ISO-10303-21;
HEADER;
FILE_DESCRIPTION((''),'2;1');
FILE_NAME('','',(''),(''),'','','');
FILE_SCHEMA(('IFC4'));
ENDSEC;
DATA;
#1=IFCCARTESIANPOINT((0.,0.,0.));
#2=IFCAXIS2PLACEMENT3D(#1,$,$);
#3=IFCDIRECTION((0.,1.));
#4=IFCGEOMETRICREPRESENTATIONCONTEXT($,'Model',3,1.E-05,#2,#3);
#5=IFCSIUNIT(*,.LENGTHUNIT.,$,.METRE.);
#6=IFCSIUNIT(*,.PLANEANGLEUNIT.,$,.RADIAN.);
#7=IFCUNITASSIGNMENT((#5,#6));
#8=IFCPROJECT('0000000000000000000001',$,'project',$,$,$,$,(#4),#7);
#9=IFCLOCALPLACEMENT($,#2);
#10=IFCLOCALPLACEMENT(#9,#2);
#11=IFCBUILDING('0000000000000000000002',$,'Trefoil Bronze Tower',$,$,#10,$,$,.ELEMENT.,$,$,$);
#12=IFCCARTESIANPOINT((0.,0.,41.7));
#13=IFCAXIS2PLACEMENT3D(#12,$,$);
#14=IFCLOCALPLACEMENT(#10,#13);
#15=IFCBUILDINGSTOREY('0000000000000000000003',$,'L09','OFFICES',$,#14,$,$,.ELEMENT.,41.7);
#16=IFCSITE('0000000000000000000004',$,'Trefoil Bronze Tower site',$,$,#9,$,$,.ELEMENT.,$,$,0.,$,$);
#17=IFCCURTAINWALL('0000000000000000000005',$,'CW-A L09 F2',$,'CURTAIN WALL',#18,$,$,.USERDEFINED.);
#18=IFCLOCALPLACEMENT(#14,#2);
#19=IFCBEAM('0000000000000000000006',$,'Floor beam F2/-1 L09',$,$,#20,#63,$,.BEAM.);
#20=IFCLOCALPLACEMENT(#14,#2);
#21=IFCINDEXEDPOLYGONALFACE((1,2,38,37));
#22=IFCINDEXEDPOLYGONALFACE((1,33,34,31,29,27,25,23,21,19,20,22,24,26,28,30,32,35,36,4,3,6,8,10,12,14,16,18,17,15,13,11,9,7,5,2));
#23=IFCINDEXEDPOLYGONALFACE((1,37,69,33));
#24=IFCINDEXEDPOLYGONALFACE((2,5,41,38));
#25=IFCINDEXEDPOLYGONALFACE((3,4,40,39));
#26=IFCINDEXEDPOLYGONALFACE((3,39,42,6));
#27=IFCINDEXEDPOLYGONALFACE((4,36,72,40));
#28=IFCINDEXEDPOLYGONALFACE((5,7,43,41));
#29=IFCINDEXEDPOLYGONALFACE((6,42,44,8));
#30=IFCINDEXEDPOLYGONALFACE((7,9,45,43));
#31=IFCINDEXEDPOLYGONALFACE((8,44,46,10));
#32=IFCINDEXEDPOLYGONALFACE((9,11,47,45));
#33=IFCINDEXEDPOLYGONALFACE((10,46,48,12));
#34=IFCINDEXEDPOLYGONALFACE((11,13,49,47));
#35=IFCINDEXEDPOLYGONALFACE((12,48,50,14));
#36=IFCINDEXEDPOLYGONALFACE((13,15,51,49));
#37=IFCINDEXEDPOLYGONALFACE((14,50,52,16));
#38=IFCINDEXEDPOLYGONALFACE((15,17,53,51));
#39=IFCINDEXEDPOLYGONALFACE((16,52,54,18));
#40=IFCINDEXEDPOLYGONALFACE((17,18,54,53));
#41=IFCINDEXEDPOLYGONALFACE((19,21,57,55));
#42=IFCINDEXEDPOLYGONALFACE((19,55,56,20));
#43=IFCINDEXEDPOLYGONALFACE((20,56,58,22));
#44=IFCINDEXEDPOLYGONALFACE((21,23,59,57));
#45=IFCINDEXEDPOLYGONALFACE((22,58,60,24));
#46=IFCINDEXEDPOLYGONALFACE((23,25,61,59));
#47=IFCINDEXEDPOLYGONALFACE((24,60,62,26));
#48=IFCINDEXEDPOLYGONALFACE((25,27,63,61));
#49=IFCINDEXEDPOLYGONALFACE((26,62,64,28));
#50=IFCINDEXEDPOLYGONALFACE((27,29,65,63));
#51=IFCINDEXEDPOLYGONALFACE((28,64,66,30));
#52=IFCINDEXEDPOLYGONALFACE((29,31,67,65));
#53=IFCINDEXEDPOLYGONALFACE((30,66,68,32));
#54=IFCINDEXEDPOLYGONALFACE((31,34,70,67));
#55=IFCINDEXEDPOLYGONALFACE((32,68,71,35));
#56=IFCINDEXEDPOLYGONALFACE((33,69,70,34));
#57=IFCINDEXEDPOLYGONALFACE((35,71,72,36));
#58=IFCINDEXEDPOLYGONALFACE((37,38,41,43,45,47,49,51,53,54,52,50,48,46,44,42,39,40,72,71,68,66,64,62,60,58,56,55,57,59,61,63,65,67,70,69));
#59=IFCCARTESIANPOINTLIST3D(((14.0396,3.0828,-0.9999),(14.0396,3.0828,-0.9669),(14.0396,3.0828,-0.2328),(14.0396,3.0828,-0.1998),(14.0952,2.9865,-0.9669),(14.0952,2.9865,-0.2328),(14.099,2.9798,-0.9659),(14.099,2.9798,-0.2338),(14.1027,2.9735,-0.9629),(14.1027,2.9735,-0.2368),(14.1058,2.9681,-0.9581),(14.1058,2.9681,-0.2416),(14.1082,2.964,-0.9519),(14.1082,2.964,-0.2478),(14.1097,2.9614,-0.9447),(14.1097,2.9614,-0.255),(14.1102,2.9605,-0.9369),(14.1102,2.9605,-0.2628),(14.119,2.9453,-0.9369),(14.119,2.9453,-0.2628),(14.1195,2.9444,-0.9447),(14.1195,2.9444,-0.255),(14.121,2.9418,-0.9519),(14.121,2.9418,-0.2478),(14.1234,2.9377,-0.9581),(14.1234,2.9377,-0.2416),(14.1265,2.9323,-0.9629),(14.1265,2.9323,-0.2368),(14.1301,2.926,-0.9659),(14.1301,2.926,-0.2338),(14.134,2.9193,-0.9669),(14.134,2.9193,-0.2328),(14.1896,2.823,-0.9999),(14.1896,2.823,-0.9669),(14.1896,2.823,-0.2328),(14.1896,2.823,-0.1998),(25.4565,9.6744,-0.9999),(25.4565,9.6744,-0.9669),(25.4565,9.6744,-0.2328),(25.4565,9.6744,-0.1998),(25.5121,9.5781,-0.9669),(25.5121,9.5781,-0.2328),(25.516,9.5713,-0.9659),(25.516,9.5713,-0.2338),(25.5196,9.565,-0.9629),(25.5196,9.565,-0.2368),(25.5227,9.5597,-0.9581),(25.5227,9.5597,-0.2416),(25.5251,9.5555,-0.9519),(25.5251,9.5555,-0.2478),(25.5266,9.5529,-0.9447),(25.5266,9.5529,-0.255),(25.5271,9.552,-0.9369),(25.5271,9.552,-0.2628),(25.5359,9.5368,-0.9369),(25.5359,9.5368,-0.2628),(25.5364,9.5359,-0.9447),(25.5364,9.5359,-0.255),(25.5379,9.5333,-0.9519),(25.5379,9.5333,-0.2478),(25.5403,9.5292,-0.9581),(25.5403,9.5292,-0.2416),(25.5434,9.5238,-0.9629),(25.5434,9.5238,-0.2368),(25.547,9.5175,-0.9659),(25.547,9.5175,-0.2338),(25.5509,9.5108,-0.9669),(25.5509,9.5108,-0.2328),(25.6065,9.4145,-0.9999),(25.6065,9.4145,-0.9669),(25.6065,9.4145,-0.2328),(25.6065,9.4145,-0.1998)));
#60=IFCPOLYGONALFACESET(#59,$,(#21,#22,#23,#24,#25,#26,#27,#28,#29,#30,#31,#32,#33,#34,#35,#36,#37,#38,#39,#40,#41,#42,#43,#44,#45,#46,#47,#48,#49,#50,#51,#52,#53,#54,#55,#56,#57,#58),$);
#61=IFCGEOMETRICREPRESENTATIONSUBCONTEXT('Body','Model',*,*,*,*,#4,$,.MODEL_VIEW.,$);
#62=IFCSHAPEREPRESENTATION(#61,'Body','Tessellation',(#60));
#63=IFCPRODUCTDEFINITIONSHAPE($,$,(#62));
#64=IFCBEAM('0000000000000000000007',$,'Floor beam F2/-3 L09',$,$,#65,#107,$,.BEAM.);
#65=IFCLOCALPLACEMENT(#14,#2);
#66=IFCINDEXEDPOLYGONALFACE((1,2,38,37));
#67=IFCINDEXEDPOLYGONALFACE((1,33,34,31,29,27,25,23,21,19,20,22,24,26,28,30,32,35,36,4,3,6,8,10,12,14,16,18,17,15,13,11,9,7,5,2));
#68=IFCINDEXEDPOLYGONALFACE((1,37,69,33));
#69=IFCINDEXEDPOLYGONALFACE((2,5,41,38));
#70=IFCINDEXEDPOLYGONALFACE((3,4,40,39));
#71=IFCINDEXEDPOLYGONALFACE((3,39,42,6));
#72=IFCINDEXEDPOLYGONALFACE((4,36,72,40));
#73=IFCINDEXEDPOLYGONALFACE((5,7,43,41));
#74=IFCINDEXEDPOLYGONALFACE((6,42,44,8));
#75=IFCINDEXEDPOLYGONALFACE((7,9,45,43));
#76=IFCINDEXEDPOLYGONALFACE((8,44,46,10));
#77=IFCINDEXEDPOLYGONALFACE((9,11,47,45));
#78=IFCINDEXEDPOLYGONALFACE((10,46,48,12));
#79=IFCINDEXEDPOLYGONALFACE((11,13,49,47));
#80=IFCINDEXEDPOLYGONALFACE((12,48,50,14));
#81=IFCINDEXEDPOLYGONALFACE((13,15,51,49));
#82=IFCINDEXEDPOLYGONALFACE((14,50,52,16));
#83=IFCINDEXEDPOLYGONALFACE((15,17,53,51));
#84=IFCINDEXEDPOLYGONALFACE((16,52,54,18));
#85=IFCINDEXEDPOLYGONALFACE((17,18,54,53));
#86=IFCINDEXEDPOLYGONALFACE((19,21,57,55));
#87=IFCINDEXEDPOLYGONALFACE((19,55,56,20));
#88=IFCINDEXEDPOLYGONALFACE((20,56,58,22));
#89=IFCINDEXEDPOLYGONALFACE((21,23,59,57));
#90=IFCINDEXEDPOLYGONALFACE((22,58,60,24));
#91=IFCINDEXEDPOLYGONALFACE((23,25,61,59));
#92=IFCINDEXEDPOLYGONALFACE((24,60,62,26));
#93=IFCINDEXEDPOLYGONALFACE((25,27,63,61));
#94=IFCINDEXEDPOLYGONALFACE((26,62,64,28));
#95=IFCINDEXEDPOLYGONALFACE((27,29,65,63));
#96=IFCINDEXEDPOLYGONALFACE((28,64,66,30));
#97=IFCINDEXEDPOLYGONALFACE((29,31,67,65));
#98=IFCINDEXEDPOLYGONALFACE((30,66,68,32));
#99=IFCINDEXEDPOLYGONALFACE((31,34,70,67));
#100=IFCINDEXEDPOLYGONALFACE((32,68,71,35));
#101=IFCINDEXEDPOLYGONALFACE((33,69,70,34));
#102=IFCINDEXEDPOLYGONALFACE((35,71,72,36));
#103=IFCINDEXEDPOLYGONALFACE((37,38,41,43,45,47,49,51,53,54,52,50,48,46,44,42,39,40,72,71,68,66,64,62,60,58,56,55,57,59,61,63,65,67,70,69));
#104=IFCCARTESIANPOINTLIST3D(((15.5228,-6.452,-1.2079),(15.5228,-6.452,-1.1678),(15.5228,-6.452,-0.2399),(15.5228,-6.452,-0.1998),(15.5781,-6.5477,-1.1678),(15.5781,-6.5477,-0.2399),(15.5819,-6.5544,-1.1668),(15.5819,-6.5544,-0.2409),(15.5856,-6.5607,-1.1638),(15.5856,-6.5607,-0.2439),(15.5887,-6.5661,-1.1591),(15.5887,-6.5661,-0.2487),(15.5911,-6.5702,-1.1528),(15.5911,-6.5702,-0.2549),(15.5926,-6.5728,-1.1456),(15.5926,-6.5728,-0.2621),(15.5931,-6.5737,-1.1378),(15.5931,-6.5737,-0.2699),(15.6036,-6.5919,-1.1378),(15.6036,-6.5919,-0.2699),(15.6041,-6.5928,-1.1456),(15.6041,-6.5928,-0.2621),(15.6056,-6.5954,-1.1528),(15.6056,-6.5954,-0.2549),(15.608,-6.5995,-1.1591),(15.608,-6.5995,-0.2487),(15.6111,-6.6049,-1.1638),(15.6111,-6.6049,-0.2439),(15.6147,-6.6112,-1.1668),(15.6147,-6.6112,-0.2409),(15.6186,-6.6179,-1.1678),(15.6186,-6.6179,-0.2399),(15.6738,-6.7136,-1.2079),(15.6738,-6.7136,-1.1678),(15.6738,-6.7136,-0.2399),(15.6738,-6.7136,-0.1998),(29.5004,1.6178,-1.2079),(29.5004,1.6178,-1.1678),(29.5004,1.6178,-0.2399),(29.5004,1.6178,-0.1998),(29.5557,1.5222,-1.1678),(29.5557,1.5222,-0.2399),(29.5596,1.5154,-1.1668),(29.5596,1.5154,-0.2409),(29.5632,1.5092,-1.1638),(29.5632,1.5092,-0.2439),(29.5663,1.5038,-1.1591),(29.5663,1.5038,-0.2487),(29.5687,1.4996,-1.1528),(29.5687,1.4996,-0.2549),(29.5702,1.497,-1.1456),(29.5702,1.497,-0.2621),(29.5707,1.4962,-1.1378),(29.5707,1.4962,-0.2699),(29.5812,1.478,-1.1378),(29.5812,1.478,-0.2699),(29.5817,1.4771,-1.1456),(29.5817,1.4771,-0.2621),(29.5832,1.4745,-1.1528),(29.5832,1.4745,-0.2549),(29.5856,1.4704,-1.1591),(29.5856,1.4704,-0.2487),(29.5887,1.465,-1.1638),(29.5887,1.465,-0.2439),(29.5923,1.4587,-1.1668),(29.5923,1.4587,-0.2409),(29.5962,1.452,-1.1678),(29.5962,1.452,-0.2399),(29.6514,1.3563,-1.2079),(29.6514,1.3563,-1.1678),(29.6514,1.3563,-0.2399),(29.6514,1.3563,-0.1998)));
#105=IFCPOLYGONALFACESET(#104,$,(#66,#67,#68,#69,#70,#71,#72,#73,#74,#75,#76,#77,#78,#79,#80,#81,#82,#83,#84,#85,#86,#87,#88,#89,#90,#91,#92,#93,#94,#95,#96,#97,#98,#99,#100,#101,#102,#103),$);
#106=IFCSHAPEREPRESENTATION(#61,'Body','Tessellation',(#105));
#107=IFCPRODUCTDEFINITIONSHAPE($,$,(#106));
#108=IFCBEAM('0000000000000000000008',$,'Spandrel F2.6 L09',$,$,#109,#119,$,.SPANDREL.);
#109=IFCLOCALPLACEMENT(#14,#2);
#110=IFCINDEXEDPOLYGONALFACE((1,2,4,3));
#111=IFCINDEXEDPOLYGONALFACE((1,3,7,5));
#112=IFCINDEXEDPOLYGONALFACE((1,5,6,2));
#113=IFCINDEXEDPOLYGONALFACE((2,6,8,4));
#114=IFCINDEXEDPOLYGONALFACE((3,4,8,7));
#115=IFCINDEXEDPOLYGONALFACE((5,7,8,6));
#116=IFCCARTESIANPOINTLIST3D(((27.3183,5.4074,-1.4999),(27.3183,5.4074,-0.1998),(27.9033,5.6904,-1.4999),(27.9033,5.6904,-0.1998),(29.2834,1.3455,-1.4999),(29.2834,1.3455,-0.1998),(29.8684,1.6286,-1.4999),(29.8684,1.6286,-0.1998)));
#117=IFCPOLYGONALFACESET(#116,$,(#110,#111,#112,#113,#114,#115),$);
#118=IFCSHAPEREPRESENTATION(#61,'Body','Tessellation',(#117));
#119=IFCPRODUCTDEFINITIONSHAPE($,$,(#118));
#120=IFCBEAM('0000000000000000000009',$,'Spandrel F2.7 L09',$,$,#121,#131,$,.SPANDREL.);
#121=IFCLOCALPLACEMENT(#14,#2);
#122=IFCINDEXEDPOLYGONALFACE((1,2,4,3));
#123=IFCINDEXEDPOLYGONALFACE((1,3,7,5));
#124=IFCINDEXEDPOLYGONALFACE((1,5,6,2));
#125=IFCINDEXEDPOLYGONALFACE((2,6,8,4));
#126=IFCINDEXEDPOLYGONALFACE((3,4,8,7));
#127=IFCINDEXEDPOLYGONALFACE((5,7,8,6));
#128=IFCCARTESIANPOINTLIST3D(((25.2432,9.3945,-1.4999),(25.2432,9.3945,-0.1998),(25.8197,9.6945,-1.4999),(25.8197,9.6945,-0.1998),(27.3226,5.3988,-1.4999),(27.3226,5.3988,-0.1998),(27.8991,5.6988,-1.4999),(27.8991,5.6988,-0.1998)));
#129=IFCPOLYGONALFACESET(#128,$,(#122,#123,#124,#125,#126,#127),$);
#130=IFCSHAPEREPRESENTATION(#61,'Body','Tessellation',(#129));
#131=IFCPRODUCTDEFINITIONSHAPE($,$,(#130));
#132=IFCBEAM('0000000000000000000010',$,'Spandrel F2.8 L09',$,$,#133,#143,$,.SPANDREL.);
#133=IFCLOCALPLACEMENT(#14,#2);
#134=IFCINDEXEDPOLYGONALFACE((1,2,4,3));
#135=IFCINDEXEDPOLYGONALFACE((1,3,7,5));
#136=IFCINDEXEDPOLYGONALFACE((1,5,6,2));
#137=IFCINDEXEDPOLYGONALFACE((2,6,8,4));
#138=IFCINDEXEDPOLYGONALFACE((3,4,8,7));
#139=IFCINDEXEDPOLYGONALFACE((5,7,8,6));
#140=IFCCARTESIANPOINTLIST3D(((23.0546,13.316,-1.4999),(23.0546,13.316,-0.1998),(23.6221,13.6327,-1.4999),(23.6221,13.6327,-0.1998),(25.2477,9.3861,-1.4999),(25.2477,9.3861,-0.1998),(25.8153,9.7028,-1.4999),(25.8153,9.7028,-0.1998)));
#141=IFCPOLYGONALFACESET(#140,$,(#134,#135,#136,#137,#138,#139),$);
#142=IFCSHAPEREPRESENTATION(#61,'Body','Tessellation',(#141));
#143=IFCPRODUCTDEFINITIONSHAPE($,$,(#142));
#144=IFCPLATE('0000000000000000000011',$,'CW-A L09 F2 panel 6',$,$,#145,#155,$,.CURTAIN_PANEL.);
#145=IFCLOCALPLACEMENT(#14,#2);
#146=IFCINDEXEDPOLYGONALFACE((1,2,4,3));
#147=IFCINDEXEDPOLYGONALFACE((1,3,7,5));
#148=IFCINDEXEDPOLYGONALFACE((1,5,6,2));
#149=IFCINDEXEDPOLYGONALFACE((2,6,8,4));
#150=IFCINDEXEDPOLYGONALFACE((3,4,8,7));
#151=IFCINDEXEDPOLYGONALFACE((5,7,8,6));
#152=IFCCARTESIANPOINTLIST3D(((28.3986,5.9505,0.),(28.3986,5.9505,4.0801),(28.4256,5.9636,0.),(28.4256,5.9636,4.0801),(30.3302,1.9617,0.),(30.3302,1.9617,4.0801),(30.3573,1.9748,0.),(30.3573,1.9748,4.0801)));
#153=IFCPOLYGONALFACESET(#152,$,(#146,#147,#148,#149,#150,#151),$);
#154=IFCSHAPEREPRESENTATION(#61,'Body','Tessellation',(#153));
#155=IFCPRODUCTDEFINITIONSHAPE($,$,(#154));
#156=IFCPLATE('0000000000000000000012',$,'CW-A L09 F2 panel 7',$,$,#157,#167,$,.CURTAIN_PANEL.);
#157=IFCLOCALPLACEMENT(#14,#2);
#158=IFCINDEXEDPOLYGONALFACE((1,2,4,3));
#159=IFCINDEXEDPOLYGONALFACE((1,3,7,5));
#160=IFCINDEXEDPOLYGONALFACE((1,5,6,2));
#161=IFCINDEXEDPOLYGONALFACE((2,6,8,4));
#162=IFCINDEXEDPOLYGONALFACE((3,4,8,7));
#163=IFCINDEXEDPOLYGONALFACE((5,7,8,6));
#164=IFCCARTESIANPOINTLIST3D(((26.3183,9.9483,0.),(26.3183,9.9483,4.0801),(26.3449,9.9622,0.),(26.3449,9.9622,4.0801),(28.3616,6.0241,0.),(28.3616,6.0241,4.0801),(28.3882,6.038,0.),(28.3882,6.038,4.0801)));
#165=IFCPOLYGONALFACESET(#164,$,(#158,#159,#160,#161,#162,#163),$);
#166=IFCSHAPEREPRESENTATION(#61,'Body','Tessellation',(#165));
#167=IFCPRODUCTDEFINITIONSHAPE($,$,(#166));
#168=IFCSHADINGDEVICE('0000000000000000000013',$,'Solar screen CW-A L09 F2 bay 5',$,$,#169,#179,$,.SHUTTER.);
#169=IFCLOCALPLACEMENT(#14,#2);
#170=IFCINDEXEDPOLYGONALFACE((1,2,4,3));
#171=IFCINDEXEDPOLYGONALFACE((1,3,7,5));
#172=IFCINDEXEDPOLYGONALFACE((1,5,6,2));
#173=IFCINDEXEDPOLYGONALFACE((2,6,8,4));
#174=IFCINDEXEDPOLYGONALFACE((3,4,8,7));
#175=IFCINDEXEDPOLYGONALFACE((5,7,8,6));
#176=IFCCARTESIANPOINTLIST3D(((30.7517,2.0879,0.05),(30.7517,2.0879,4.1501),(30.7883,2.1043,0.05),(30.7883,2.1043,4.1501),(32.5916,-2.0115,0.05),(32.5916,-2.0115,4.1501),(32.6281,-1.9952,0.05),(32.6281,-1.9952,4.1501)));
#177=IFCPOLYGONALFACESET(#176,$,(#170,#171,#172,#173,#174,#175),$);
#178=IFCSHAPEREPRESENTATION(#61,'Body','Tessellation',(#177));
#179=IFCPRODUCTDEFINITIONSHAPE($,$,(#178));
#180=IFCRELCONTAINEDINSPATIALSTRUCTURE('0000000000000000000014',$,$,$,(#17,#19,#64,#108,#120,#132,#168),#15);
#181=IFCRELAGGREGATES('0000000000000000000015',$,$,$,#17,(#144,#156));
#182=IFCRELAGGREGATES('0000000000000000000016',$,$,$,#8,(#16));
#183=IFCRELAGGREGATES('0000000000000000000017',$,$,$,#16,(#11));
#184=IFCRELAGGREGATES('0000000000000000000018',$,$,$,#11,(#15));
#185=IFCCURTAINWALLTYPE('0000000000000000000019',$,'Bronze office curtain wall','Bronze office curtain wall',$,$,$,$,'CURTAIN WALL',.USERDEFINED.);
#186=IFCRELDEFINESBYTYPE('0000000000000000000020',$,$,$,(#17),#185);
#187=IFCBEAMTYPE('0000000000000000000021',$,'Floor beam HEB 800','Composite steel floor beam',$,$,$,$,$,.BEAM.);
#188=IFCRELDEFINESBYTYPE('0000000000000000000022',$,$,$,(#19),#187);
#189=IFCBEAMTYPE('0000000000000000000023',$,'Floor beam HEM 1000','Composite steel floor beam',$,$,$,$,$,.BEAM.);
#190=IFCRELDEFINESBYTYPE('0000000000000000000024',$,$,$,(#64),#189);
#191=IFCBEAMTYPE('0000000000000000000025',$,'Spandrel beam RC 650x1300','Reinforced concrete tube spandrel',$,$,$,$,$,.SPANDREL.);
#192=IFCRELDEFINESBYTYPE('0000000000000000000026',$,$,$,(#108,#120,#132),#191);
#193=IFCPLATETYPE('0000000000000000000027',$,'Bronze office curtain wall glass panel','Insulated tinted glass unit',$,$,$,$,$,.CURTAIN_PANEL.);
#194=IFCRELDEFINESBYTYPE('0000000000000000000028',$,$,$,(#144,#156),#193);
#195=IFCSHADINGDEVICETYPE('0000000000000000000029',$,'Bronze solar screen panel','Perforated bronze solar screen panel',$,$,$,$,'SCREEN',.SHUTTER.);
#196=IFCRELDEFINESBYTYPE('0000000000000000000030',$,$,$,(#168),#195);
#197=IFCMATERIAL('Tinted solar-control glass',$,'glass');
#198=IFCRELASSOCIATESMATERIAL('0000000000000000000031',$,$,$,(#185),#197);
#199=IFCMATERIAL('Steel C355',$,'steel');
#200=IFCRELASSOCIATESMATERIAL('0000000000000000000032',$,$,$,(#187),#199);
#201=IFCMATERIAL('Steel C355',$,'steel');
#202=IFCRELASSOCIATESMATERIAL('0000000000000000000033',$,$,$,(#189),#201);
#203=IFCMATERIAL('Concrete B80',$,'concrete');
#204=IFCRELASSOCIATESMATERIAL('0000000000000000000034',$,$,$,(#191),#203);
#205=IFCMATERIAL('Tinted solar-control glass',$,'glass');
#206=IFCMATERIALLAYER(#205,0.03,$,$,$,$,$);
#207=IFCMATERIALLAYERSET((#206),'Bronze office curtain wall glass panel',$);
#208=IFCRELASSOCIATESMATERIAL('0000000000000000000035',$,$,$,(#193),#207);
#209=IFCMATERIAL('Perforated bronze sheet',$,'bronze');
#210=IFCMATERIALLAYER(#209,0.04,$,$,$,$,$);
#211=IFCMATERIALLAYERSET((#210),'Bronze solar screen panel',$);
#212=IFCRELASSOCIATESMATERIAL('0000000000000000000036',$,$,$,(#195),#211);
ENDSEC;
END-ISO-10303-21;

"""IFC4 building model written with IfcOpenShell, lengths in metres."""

from ifc_helpers import new_model, si_unit, direction, frame, origin, origin_2d, place, context, subcontext, project, spatial, rectangle, i_section, extrude, material, layer, layer_set, material_profile, profile_set, type_object, element, aggregate, save


model = new_model("IFC4")

# Units and contexts
model_context = context("Model", 3, precision=1e-05, world=origin(), true_north=direction((0.0, 1.0)))
body_context = subcontext(model_context, "Body", "Model", "MODEL_VIEW")
ifc_project = project(units=[si_unit("LENGTHUNIT", "METRE"), si_unit("PLANEANGLEUNIT", "RADIAN")], contexts=[model_context])

# Site, building, storey
site_placement = place(None, origin())
site = spatial("IfcSite", under=ifc_project, at=site_placement, Name="Trefoil Bronze Tower site", CompositionType="ELEMENT", RefElevation=0.0)
building_placement = place(site_placement, origin())
building = spatial("IfcBuilding", under=site, at=building_placement, Name="Trefoil Bronze Tower", CompositionType="ELEMENT")
storey_placement = place(building_placement, frame((0.0, 0.0, 41.7)))
storey = spatial("IfcBuildingStorey", under=building, at=storey_placement, Name="L09", Description="OFFICES", CompositionType="ELEMENT", Elevation=41.7)

# Curtain wall
ifc_material_1 = material(Name="Tinted solar-control glass", Category="glass")
curtain_wall_type = type_object("IfcCurtainWallType", Name="Bronze office curtain wall", Description="Bronze office curtain wall", ElementType="CURTAIN WALL", PredefinedType="USERDEFINED", material=ifc_material_1)
curtain_wall_placement = place(storey_placement, origin())
curtain_wall = element("IfcCurtainWall", 1, at=curtain_wall_placement, inside=storey, type_object=curtain_wall_type, Name="CW-A L09 F2", ObjectType="CURTAIN WALL", PredefinedType="USERDEFINED")

# Beams
ifc_material_2 = material(Name="Steel C355", Category="steel")
ifc_material_profile_1 = material_profile(ifc_material_2, i_section(OverallWidth=0.3, OverallDepth=0.8, WebThickness=0.0176, FlangeThickness=0.033, FilletRadius=0.03, at=origin_2d()), Name="HEB 800")
ifc_profile_set_1 = profile_set([ifc_material_profile_1], Name="Steel C355")
beam_type_1 = type_object("IfcBeamType", Name="Floor beam HEB 800", Description="Composite steel floor beam", PredefinedType="BEAM", material=ifc_profile_set_1)
beam_1_placement = place(storey_placement, frame((25.5315, 9.5444, -0.5999), z_axis=(-0.866027, -0.499997, 0.0), x_axis=(0.499997, -0.866027, 0.0)))
element("IfcBeam", 2, at=beam_1_placement, inside=storey, type_object=beam_type_1, Name="Floor beam F2/-1 L09", PredefinedType="BEAM", context=body_context, shape_type="SweptSolid", body=[
    extrude(i_section(OverallWidth=0.3, OverallDepth=0.8, WebThickness=0.0176, FlangeThickness=0.033, FilletRadius=0.03, at=origin_2d()), origin(), (0.0, 0.0, 1.0), 13.1831),
])
ifc_material_3 = material(Name="Steel C355", Category="steel")
ifc_material_profile_2 = material_profile(ifc_material_3, i_section(OverallWidth=0.302, OverallDepth=1.0081, WebThickness=0.021, FlangeThickness=0.04, FilletRadius=0.03, at=origin_2d()), Name="HEM 1000")
ifc_profile_set_2 = profile_set([ifc_material_profile_2], Name="Steel C355")
beam_type_2 = type_object("IfcBeamType", Name="Floor beam HEM 1000", Description="Composite steel floor beam", PredefinedType="BEAM", material=ifc_profile_set_2)
beam_2_placement = place(storey_placement, frame((29.5759, 1.4871, -0.7039), z_axis=(-0.866028, -0.499995, 0.0), x_axis=(0.499995, -0.866028, 0.0)))
element("IfcBeam", 3, at=beam_2_placement, inside=storey, type_object=beam_type_2, Name="Floor beam F2/-3 L09", PredefinedType="BEAM", context=body_context, shape_type="SweptSolid", body=[
    extrude(i_section(OverallWidth=0.302, OverallDepth=1.0081, WebThickness=0.021, FlangeThickness=0.04, FilletRadius=0.03, at=origin_2d()), origin(), (0.0, 0.0, 1.0), 16.1399),
])
ifc_material_4 = material(Name="Concrete B80", Category="concrete")
ifc_material_profile_3 = material_profile(ifc_material_4, rectangle(XDim=0.6499, YDim=1.3, at=origin_2d()), Name="RC 650x1300")
ifc_profile_set_3 = profile_set([ifc_material_profile_3], Name="Concrete B80")
beam_type_3 = type_object("IfcBeamType", Name="Spandrel beam RC 650x1300", Description="Reinforced concrete tube spandrel", PredefinedType="SPANDREL", material=ifc_profile_set_3)
beam_3_placement = place(storey_placement, frame((29.5759, 1.4871, -0.8499), z_axis=(-0.43551, 0.900184, 0.0), x_axis=(-0.900184, -0.43551, 0.0)))
element("IfcBeam", 4, at=beam_3_placement, inside=storey, type_object=beam_type_3, Name="Spandrel F2.6 L09", PredefinedType="SPANDREL", context=body_context, shape_type="SweptSolid", body=[
    extrude(rectangle(XDim=0.6499, YDim=1.3, at=origin_2d()), origin(), (0.0, 0.0, 1.0), 4.5122),
])
beam_4_placement = place(storey_placement, frame((27.6108, 5.5488, -0.8499), z_axis=(-0.461638, 0.887069, 0.0), x_axis=(-0.887069, -0.461638, 0.0)))
element("IfcBeam", 5, at=beam_4_placement, inside=storey, type_object=beam_type_3, Name="Spandrel F2.7 L09", PredefinedType="SPANDREL", context=body_context, shape_type="SweptSolid", body=[
    extrude(rectangle(XDim=0.6499, YDim=1.3, at=origin_2d()), origin(), (0.0, 0.0, 1.0), 4.5044),
])
beam_5_placement = place(storey_placement, frame((25.5315, 9.5444, -0.8499), z_axis=(-0.487309, 0.873229, 0.0), x_axis=(-0.873229, -0.487309, 0.0)))
element("IfcBeam", 6, at=beam_5_placement, inside=storey, type_object=beam_type_3, Name="Spandrel F2.8 L09", PredefinedType="SPANDREL", context=body_context, shape_type="SweptSolid", body=[
    extrude(rectangle(XDim=0.6499, YDim=1.3, at=origin_2d()), origin(), (0.0, 0.0, 1.0), 4.5005),
])

# Plates
ifc_material_5 = material(Name="Tinted solar-control glass", Category="glass")
ifc_layer_1 = layer(ifc_material_5, 0.03)
ifc_layer_set_1 = layer_set([ifc_layer_1], Name="Bronze office curtain wall glass panel")
plate_type = type_object("IfcPlateType", Name="Bronze office curtain wall glass panel", Description="Insulated tinted glass unit", PredefinedType="CURTAIN_PANEL", material=ifc_layer_set_1)
plate_1_placement = place(storey_placement, frame((29.3779, 3.9626, 0.0), z_axis=(0.0, 0.0, 1.0), x_axis=(-0.435855, 0.900017, 0.0)))
plate_1 = element("IfcPlate", 7, at=plate_1_placement, type_object=plate_type, Name="CW-A L09 F2 panel 6", PredefinedType="CURTAIN_PANEL", context=body_context, shape_type="SweptSolid", body=[
    extrude(rectangle(XDim=4.4319, YDim=0.03, at=origin_2d()), origin(), (0.0, 0.0, 1.0), 4.0801),
])
plate_2_placement = place(storey_placement, frame((27.3533, 7.9932, 0.0), z_axis=(0.0, 0.0, 1.0), x_axis=(-0.46183, 0.886969, 0.0)))
plate_2 = element("IfcPlate", 8, at=plate_2_placement, type_object=plate_type, Name="CW-A L09 F2 panel 7", PredefinedType="CURTAIN_PANEL", context=body_context, shape_type="SweptSolid", body=[
    extrude(rectangle(XDim=4.4243, YDim=0.03, at=origin_2d()), origin(), (0.0, 0.0, 1.0), 4.0801),
])
aggregate(curtain_wall, [plate_1, plate_2])

# Shading device
ifc_material_6 = material(Name="Perforated bronze sheet", Category="bronze")
ifc_layer_2 = layer(ifc_material_6, 0.04)
ifc_layer_set_2 = layer_set([ifc_layer_2], Name="Bronze solar screen panel")
shading_device_type = type_object("IfcShadingDeviceType", Name="Bronze solar screen panel", Description="Perforated bronze solar screen panel", ElementType="SCREEN", PredefinedType="SHUTTER", material=ifc_layer_set_2)
shading_device_1_placement = place(storey_placement, frame((31.6899, 0.0464, 0.05), z_axis=(0.0, 0.0, 1.0), x_axis=(-0.409456, 0.91233, 0.0)))
element("IfcShadingDevice", 9, at=shading_device_1_placement, inside=storey, type_object=shading_device_type, Name="Solar screen CW-A L09 F2 bay 5", PredefinedType="SHUTTER", context=body_context, shape_type="SweptSolid", body=[
    extrude(rectangle(XDim=4.4934, YDim=0.04, at=origin_2d()), origin(), (0.0, 0.0, 1.0), 4.1001),
])

save(model, "model.ifc")
